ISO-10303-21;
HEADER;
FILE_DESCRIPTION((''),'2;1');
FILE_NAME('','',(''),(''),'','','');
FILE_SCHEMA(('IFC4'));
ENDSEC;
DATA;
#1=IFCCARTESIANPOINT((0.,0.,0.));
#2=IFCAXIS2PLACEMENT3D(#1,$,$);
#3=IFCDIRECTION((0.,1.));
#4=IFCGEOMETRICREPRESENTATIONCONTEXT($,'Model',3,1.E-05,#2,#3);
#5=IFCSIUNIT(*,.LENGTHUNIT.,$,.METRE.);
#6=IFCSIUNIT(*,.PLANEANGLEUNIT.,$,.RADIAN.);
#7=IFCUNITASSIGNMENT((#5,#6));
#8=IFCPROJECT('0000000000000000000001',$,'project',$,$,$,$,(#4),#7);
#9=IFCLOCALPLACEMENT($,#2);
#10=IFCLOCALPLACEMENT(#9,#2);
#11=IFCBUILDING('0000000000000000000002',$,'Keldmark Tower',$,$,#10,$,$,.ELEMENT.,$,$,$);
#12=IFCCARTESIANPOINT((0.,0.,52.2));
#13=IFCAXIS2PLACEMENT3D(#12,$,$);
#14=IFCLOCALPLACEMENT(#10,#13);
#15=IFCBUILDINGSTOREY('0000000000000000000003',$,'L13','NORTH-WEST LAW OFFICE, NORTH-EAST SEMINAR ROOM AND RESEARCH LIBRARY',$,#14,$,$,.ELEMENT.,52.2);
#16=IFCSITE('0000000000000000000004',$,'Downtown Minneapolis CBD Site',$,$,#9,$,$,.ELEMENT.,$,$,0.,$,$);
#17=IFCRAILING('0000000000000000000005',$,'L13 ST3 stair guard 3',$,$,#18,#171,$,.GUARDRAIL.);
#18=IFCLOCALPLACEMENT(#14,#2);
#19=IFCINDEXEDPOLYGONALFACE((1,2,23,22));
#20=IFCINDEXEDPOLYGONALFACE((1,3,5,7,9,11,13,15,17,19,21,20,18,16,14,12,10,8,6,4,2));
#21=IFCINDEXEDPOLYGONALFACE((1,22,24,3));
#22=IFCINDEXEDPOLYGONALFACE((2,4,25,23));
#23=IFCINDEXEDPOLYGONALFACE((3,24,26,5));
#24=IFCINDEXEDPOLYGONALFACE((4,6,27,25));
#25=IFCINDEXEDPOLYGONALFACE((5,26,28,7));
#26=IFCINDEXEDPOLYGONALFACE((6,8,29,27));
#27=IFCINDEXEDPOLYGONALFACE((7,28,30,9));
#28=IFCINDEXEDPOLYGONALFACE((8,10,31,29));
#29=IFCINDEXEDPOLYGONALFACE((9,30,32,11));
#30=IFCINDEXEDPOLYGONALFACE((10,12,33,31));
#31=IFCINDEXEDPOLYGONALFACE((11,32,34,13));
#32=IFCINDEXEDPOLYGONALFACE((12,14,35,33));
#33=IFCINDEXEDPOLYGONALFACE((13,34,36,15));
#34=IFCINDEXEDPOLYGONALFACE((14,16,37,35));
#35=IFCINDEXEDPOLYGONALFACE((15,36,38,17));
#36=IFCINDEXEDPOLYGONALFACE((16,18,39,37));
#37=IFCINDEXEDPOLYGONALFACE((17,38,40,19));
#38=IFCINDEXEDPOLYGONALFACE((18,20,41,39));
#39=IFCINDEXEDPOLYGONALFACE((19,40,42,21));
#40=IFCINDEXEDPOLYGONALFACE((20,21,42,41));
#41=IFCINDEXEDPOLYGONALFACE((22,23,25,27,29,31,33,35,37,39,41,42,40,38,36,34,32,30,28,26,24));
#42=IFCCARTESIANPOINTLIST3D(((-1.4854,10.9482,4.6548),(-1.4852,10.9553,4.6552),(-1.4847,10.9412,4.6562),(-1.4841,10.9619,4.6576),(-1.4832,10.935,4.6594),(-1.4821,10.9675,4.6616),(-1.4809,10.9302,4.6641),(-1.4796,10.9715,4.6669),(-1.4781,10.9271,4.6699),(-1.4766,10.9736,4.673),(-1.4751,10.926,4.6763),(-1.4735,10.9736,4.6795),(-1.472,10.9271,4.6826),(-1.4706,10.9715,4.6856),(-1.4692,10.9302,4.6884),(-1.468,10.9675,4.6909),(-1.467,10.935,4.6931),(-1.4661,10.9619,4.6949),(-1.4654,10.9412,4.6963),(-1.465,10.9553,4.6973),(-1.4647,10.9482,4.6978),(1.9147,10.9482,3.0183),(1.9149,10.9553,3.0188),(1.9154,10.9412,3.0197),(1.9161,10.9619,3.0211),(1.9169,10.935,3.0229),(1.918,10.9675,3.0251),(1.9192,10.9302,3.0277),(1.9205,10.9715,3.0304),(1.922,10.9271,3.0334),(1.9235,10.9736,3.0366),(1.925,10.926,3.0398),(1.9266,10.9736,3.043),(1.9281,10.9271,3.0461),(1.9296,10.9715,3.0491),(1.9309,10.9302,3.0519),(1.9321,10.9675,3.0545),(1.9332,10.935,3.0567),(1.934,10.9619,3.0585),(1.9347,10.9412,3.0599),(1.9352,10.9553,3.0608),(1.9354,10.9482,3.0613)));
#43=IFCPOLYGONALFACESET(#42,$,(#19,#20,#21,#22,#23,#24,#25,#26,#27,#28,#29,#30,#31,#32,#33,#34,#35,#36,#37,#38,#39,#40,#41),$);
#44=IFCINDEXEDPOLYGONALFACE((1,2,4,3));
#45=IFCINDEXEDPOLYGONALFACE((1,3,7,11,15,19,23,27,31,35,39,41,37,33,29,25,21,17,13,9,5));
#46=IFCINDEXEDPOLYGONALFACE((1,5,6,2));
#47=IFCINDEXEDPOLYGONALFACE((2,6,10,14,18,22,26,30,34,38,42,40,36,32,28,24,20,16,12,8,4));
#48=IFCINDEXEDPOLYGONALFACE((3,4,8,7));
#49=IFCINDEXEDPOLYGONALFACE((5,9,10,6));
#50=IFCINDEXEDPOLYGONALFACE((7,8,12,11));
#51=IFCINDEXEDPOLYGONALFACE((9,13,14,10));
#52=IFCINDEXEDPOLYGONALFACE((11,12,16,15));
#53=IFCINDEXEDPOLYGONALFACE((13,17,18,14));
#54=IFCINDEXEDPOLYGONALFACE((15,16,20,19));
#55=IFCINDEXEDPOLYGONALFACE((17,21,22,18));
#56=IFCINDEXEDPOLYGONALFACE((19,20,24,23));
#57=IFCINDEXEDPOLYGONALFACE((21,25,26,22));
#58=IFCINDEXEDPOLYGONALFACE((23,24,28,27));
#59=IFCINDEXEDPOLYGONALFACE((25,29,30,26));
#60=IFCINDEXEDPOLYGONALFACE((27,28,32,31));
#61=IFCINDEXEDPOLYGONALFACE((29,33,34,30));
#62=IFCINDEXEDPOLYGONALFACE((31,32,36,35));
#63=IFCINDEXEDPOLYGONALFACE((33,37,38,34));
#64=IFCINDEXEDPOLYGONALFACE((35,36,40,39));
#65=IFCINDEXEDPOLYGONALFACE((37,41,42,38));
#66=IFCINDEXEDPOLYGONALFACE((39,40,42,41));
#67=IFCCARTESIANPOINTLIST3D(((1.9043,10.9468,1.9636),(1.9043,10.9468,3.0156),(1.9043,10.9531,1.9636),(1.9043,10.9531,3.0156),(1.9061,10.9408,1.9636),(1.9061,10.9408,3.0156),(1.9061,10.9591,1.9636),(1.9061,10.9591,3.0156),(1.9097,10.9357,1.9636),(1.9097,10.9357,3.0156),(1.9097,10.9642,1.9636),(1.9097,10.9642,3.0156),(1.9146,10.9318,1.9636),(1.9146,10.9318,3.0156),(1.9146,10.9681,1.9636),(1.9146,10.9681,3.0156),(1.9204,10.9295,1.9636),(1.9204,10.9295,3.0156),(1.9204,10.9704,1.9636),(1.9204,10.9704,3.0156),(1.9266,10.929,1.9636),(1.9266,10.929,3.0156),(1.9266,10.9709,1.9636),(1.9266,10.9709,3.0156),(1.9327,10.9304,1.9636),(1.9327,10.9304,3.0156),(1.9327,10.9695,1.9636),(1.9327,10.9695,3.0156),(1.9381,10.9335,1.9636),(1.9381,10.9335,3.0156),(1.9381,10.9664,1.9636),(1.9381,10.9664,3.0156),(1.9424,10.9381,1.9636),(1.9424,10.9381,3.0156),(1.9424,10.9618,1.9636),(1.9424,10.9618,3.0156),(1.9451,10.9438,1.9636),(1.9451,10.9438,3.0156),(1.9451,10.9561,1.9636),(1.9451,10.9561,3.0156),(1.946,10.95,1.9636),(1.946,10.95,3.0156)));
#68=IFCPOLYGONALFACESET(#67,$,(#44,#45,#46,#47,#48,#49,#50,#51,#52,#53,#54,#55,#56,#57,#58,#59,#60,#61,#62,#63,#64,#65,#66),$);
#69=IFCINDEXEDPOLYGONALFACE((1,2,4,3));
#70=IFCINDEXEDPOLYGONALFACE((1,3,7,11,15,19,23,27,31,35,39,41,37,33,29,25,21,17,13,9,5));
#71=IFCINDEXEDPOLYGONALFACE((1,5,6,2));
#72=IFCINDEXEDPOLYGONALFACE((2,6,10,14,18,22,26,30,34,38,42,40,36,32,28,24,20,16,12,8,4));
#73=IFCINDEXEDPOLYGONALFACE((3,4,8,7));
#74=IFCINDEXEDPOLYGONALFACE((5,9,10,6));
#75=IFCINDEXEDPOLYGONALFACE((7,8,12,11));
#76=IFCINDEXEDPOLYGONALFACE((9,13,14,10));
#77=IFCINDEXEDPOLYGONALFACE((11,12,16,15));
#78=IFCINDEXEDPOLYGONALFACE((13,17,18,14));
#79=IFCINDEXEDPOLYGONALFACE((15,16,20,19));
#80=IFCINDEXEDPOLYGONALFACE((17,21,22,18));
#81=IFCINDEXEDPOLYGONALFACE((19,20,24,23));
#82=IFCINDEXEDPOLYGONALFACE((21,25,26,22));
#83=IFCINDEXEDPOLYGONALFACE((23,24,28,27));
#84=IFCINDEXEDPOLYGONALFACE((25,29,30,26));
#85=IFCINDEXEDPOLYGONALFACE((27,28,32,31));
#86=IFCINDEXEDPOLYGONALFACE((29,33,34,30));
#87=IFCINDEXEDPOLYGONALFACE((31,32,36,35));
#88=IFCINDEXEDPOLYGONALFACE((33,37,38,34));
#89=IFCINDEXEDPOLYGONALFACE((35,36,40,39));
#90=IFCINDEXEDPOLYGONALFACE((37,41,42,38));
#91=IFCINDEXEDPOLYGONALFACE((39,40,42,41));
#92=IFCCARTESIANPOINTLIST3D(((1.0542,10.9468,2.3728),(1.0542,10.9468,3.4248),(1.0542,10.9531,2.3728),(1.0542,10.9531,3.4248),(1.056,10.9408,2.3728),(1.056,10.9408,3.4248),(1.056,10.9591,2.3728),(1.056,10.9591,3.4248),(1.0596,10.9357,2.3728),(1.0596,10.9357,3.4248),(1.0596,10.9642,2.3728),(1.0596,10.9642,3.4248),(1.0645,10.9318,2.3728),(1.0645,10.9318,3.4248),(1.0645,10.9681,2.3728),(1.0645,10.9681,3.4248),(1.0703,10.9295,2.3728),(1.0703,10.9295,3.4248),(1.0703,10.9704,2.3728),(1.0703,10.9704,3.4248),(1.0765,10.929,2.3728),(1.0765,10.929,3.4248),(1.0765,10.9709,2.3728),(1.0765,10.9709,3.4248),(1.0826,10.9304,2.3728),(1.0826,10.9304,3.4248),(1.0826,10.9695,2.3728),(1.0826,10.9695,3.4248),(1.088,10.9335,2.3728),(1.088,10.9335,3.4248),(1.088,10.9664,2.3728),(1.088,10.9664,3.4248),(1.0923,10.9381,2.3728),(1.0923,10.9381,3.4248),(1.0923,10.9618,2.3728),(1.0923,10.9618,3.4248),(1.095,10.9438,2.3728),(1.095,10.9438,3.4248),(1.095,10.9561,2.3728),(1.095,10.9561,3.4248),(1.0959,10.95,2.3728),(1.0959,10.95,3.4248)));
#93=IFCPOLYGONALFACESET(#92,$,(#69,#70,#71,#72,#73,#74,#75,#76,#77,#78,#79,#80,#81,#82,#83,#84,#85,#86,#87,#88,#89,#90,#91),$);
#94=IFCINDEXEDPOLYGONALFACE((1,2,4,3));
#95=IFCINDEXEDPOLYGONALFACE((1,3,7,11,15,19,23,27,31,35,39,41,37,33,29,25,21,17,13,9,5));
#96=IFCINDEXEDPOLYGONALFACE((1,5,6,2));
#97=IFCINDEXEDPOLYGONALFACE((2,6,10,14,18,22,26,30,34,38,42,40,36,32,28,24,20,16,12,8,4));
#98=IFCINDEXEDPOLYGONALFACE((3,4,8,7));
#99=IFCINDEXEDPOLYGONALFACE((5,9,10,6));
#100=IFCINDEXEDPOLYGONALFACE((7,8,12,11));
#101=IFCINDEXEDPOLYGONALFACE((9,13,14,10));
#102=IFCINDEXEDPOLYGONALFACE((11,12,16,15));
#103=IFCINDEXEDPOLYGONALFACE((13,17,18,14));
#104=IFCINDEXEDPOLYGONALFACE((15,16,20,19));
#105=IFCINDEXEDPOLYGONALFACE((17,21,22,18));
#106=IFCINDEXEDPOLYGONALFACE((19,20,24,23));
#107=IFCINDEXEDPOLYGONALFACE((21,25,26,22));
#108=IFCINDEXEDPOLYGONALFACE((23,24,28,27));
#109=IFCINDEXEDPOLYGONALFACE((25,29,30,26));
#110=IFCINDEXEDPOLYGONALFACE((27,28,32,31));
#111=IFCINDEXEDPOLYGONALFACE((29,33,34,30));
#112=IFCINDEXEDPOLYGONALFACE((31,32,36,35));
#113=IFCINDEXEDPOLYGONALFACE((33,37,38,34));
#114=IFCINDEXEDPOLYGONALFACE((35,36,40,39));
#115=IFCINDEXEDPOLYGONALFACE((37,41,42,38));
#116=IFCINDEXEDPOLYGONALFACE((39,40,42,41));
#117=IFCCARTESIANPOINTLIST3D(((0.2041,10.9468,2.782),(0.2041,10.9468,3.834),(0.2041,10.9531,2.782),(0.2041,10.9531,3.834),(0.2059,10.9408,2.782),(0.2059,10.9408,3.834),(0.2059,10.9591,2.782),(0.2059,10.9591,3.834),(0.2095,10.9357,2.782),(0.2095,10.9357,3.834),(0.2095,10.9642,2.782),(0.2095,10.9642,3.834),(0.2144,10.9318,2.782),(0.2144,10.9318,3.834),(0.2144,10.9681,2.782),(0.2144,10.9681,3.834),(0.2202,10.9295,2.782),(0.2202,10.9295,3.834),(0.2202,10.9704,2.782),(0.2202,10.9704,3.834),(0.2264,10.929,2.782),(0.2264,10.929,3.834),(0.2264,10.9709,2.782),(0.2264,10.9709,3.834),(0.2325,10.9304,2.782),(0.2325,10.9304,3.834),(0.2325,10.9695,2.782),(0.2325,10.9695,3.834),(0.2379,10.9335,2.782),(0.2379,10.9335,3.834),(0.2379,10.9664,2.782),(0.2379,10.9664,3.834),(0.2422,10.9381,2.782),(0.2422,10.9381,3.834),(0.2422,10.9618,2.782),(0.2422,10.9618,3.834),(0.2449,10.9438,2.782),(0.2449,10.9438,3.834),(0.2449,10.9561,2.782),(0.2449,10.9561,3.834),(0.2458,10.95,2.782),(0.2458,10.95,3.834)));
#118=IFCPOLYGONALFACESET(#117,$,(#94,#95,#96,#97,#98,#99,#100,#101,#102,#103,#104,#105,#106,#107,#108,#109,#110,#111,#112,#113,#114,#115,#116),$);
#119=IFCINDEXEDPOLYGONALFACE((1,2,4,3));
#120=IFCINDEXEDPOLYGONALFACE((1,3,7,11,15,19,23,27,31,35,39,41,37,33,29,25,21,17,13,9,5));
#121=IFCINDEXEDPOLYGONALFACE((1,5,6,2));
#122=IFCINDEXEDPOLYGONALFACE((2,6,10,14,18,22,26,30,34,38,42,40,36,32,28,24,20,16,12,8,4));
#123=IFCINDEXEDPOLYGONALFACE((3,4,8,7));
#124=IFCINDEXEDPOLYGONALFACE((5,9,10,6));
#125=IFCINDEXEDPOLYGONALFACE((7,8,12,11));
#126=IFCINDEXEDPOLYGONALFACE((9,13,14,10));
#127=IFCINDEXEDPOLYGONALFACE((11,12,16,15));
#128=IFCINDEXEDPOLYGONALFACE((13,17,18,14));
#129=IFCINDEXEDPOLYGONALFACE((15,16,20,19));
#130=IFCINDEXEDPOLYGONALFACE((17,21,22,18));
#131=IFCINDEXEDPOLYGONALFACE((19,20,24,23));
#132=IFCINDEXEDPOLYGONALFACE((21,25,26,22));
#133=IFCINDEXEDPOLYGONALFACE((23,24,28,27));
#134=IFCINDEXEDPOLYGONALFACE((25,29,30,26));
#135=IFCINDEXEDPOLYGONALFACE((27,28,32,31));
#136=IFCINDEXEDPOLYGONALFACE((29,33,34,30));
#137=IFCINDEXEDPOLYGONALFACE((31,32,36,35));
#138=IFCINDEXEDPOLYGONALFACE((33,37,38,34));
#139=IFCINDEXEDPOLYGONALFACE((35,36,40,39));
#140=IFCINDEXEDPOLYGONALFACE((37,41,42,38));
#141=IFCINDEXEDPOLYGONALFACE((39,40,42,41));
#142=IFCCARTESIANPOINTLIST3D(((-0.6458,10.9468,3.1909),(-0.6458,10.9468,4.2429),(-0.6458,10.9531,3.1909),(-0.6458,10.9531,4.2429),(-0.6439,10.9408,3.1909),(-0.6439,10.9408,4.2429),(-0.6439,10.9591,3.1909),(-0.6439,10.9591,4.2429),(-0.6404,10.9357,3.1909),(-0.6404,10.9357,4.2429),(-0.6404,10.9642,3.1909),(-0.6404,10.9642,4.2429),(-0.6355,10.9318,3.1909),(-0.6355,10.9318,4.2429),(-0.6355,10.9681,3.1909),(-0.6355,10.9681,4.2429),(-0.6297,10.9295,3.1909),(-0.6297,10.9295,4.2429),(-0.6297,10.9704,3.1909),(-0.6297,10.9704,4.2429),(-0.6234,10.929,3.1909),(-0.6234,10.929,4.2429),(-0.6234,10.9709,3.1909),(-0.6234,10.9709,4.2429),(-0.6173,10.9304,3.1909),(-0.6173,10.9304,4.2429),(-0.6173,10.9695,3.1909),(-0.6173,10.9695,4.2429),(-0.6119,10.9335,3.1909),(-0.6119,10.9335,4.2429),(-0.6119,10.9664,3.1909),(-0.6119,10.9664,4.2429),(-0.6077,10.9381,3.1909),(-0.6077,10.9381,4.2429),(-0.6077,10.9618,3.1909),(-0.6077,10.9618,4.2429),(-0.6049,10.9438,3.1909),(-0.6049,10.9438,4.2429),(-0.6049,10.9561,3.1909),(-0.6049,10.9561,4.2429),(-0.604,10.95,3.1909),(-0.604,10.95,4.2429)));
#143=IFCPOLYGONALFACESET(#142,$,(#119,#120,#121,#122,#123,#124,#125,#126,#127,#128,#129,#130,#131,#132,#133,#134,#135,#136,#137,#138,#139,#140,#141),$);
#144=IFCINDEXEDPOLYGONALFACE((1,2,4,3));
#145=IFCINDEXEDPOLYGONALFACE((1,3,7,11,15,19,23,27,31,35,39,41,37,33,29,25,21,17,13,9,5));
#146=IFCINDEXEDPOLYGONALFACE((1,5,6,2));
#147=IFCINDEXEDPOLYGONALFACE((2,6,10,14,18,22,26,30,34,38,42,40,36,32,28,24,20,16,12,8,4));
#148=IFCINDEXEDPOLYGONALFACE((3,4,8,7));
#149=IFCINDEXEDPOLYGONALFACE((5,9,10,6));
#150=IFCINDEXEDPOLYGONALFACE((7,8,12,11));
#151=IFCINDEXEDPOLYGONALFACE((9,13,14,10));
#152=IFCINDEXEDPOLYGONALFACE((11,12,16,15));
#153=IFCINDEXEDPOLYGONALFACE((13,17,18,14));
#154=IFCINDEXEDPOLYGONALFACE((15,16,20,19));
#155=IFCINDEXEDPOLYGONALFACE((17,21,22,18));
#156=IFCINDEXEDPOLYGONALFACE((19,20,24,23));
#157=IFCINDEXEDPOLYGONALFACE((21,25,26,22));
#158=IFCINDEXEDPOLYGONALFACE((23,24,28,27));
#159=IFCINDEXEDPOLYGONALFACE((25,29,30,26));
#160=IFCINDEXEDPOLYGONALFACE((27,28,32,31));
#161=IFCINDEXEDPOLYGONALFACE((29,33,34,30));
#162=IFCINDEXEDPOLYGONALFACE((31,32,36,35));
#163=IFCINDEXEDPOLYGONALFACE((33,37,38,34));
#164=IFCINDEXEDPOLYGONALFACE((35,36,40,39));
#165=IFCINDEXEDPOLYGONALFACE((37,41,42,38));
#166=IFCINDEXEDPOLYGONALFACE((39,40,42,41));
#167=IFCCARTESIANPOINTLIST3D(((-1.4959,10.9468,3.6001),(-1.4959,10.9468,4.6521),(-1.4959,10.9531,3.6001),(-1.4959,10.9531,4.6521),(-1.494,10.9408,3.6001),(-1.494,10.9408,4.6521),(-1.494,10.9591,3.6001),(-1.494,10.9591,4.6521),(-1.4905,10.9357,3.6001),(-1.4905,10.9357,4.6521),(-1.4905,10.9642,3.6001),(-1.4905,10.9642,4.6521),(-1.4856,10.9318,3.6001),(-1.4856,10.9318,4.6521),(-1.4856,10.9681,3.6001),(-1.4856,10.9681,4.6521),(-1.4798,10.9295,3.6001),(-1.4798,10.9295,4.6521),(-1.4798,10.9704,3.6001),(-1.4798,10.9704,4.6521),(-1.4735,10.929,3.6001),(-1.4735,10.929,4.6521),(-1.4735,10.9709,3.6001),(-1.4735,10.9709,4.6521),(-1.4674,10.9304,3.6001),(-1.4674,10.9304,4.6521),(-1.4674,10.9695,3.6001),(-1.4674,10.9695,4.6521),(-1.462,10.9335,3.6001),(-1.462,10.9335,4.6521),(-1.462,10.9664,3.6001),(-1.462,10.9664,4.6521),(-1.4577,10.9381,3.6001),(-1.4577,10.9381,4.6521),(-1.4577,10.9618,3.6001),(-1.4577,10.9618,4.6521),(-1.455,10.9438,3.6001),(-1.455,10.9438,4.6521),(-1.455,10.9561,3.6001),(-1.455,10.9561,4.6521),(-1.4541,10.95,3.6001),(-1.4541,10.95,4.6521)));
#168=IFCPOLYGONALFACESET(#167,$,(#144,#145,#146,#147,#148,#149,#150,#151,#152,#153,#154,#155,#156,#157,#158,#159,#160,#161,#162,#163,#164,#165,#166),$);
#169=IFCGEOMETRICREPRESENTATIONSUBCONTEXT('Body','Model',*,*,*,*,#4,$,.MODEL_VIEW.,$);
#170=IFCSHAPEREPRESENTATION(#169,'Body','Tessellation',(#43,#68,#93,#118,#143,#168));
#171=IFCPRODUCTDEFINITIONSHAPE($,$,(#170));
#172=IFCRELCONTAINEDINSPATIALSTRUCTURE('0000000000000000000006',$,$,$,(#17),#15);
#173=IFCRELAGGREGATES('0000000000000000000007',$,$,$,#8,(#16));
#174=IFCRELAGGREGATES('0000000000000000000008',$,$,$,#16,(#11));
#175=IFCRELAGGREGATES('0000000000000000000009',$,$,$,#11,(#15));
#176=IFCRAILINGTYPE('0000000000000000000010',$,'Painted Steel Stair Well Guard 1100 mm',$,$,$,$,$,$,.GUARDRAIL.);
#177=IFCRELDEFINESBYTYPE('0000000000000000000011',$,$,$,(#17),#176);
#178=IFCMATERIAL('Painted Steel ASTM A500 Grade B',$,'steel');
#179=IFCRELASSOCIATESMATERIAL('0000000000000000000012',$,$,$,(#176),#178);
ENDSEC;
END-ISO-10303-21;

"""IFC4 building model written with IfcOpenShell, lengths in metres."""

from ifc_helpers import new_model, si_unit, direction, frame, origin, origin_2d, place, context, subcontext, project, spatial, circle, extrude, material, type_object, element, save


model = new_model("IFC4")

# Units and contexts
model_context = context("Model", 3, precision=1e-05, world=origin(), true_north=direction((0.0, 1.0)))
body_context = subcontext(model_context, "Body", "Model", "MODEL_VIEW")
ifc_project = project(units=[si_unit("LENGTHUNIT", "METRE"), si_unit("PLANEANGLEUNIT", "RADIAN")], contexts=[model_context])

# Site, building, storey
site_placement = place(None, origin())
site = spatial("IfcSite", under=ifc_project, at=site_placement, Name="Downtown Minneapolis CBD Site", CompositionType="ELEMENT", RefElevation=0.0)
building_placement = place(site_placement, origin())
building = spatial("IfcBuilding", under=site, at=building_placement, Name="Keldmark Tower", CompositionType="ELEMENT")
storey_placement = place(building_placement, frame((0.0, 0.0, 52.2)))
storey = spatial("IfcBuildingStorey", under=building, at=storey_placement, Name="L13", Description="NORTH-WEST LAW OFFICE, NORTH-EAST SEMINAR ROOM AND RESEARCH LIBRARY", CompositionType="ELEMENT", Elevation=52.2)

# Railing
ifc_material_1 = material(Name="Painted Steel ASTM A500 Grade B", Category="steel")
railing_type_1 = type_object("IfcRailingType", Name="Painted Steel Stair Well Guard 1100 mm", PredefinedType="GUARDRAIL", material=ifc_material_1)
railing_1_placement = place(storey_placement, frame((1.925, 10.95, 1.9636)))
element("IfcRailing", 1, at=railing_1_placement, inside=storey, type_object=railing_type_1, Name="L13 ST3 stair guard 3", PredefinedType="GUARDRAIL", context=body_context, shape_type="SweptSolid", body=[
    extrude(circle(Radius=0.0239, at=origin_2d()), frame((0.0, 0.0, 1.0762), z_axis=(-0.901067, 0.0, 0.433679), x_axis=(0.0, -1.0, 0.0)), (0.0, 0.0, 1.0), 3.7734),
    extrude(circle(Radius=0.021, at=origin_2d()), origin(), (0.0, 0.0, 1.0), 1.052),
    extrude(circle(Radius=0.021, at=origin_2d()), frame((-0.8501, 0.0, 0.4092)), (0.0, 0.0, 1.0), 1.052),
    extrude(circle(Radius=0.021, at=origin_2d()), frame((-1.7002, 0.0, 0.8184)), (0.0, 0.0, 1.0), 1.052),
    extrude(circle(Radius=0.021, at=origin_2d()), frame((-2.55, 0.0, 1.2273)), (0.0, 0.0, 1.0), 1.052),
    extrude(circle(Radius=0.021, at=origin_2d()), frame((-3.4001, 0.0, 1.6365)), (0.0, 0.0, 1.0), 1.052),
])

save(model, "model.ifc")
